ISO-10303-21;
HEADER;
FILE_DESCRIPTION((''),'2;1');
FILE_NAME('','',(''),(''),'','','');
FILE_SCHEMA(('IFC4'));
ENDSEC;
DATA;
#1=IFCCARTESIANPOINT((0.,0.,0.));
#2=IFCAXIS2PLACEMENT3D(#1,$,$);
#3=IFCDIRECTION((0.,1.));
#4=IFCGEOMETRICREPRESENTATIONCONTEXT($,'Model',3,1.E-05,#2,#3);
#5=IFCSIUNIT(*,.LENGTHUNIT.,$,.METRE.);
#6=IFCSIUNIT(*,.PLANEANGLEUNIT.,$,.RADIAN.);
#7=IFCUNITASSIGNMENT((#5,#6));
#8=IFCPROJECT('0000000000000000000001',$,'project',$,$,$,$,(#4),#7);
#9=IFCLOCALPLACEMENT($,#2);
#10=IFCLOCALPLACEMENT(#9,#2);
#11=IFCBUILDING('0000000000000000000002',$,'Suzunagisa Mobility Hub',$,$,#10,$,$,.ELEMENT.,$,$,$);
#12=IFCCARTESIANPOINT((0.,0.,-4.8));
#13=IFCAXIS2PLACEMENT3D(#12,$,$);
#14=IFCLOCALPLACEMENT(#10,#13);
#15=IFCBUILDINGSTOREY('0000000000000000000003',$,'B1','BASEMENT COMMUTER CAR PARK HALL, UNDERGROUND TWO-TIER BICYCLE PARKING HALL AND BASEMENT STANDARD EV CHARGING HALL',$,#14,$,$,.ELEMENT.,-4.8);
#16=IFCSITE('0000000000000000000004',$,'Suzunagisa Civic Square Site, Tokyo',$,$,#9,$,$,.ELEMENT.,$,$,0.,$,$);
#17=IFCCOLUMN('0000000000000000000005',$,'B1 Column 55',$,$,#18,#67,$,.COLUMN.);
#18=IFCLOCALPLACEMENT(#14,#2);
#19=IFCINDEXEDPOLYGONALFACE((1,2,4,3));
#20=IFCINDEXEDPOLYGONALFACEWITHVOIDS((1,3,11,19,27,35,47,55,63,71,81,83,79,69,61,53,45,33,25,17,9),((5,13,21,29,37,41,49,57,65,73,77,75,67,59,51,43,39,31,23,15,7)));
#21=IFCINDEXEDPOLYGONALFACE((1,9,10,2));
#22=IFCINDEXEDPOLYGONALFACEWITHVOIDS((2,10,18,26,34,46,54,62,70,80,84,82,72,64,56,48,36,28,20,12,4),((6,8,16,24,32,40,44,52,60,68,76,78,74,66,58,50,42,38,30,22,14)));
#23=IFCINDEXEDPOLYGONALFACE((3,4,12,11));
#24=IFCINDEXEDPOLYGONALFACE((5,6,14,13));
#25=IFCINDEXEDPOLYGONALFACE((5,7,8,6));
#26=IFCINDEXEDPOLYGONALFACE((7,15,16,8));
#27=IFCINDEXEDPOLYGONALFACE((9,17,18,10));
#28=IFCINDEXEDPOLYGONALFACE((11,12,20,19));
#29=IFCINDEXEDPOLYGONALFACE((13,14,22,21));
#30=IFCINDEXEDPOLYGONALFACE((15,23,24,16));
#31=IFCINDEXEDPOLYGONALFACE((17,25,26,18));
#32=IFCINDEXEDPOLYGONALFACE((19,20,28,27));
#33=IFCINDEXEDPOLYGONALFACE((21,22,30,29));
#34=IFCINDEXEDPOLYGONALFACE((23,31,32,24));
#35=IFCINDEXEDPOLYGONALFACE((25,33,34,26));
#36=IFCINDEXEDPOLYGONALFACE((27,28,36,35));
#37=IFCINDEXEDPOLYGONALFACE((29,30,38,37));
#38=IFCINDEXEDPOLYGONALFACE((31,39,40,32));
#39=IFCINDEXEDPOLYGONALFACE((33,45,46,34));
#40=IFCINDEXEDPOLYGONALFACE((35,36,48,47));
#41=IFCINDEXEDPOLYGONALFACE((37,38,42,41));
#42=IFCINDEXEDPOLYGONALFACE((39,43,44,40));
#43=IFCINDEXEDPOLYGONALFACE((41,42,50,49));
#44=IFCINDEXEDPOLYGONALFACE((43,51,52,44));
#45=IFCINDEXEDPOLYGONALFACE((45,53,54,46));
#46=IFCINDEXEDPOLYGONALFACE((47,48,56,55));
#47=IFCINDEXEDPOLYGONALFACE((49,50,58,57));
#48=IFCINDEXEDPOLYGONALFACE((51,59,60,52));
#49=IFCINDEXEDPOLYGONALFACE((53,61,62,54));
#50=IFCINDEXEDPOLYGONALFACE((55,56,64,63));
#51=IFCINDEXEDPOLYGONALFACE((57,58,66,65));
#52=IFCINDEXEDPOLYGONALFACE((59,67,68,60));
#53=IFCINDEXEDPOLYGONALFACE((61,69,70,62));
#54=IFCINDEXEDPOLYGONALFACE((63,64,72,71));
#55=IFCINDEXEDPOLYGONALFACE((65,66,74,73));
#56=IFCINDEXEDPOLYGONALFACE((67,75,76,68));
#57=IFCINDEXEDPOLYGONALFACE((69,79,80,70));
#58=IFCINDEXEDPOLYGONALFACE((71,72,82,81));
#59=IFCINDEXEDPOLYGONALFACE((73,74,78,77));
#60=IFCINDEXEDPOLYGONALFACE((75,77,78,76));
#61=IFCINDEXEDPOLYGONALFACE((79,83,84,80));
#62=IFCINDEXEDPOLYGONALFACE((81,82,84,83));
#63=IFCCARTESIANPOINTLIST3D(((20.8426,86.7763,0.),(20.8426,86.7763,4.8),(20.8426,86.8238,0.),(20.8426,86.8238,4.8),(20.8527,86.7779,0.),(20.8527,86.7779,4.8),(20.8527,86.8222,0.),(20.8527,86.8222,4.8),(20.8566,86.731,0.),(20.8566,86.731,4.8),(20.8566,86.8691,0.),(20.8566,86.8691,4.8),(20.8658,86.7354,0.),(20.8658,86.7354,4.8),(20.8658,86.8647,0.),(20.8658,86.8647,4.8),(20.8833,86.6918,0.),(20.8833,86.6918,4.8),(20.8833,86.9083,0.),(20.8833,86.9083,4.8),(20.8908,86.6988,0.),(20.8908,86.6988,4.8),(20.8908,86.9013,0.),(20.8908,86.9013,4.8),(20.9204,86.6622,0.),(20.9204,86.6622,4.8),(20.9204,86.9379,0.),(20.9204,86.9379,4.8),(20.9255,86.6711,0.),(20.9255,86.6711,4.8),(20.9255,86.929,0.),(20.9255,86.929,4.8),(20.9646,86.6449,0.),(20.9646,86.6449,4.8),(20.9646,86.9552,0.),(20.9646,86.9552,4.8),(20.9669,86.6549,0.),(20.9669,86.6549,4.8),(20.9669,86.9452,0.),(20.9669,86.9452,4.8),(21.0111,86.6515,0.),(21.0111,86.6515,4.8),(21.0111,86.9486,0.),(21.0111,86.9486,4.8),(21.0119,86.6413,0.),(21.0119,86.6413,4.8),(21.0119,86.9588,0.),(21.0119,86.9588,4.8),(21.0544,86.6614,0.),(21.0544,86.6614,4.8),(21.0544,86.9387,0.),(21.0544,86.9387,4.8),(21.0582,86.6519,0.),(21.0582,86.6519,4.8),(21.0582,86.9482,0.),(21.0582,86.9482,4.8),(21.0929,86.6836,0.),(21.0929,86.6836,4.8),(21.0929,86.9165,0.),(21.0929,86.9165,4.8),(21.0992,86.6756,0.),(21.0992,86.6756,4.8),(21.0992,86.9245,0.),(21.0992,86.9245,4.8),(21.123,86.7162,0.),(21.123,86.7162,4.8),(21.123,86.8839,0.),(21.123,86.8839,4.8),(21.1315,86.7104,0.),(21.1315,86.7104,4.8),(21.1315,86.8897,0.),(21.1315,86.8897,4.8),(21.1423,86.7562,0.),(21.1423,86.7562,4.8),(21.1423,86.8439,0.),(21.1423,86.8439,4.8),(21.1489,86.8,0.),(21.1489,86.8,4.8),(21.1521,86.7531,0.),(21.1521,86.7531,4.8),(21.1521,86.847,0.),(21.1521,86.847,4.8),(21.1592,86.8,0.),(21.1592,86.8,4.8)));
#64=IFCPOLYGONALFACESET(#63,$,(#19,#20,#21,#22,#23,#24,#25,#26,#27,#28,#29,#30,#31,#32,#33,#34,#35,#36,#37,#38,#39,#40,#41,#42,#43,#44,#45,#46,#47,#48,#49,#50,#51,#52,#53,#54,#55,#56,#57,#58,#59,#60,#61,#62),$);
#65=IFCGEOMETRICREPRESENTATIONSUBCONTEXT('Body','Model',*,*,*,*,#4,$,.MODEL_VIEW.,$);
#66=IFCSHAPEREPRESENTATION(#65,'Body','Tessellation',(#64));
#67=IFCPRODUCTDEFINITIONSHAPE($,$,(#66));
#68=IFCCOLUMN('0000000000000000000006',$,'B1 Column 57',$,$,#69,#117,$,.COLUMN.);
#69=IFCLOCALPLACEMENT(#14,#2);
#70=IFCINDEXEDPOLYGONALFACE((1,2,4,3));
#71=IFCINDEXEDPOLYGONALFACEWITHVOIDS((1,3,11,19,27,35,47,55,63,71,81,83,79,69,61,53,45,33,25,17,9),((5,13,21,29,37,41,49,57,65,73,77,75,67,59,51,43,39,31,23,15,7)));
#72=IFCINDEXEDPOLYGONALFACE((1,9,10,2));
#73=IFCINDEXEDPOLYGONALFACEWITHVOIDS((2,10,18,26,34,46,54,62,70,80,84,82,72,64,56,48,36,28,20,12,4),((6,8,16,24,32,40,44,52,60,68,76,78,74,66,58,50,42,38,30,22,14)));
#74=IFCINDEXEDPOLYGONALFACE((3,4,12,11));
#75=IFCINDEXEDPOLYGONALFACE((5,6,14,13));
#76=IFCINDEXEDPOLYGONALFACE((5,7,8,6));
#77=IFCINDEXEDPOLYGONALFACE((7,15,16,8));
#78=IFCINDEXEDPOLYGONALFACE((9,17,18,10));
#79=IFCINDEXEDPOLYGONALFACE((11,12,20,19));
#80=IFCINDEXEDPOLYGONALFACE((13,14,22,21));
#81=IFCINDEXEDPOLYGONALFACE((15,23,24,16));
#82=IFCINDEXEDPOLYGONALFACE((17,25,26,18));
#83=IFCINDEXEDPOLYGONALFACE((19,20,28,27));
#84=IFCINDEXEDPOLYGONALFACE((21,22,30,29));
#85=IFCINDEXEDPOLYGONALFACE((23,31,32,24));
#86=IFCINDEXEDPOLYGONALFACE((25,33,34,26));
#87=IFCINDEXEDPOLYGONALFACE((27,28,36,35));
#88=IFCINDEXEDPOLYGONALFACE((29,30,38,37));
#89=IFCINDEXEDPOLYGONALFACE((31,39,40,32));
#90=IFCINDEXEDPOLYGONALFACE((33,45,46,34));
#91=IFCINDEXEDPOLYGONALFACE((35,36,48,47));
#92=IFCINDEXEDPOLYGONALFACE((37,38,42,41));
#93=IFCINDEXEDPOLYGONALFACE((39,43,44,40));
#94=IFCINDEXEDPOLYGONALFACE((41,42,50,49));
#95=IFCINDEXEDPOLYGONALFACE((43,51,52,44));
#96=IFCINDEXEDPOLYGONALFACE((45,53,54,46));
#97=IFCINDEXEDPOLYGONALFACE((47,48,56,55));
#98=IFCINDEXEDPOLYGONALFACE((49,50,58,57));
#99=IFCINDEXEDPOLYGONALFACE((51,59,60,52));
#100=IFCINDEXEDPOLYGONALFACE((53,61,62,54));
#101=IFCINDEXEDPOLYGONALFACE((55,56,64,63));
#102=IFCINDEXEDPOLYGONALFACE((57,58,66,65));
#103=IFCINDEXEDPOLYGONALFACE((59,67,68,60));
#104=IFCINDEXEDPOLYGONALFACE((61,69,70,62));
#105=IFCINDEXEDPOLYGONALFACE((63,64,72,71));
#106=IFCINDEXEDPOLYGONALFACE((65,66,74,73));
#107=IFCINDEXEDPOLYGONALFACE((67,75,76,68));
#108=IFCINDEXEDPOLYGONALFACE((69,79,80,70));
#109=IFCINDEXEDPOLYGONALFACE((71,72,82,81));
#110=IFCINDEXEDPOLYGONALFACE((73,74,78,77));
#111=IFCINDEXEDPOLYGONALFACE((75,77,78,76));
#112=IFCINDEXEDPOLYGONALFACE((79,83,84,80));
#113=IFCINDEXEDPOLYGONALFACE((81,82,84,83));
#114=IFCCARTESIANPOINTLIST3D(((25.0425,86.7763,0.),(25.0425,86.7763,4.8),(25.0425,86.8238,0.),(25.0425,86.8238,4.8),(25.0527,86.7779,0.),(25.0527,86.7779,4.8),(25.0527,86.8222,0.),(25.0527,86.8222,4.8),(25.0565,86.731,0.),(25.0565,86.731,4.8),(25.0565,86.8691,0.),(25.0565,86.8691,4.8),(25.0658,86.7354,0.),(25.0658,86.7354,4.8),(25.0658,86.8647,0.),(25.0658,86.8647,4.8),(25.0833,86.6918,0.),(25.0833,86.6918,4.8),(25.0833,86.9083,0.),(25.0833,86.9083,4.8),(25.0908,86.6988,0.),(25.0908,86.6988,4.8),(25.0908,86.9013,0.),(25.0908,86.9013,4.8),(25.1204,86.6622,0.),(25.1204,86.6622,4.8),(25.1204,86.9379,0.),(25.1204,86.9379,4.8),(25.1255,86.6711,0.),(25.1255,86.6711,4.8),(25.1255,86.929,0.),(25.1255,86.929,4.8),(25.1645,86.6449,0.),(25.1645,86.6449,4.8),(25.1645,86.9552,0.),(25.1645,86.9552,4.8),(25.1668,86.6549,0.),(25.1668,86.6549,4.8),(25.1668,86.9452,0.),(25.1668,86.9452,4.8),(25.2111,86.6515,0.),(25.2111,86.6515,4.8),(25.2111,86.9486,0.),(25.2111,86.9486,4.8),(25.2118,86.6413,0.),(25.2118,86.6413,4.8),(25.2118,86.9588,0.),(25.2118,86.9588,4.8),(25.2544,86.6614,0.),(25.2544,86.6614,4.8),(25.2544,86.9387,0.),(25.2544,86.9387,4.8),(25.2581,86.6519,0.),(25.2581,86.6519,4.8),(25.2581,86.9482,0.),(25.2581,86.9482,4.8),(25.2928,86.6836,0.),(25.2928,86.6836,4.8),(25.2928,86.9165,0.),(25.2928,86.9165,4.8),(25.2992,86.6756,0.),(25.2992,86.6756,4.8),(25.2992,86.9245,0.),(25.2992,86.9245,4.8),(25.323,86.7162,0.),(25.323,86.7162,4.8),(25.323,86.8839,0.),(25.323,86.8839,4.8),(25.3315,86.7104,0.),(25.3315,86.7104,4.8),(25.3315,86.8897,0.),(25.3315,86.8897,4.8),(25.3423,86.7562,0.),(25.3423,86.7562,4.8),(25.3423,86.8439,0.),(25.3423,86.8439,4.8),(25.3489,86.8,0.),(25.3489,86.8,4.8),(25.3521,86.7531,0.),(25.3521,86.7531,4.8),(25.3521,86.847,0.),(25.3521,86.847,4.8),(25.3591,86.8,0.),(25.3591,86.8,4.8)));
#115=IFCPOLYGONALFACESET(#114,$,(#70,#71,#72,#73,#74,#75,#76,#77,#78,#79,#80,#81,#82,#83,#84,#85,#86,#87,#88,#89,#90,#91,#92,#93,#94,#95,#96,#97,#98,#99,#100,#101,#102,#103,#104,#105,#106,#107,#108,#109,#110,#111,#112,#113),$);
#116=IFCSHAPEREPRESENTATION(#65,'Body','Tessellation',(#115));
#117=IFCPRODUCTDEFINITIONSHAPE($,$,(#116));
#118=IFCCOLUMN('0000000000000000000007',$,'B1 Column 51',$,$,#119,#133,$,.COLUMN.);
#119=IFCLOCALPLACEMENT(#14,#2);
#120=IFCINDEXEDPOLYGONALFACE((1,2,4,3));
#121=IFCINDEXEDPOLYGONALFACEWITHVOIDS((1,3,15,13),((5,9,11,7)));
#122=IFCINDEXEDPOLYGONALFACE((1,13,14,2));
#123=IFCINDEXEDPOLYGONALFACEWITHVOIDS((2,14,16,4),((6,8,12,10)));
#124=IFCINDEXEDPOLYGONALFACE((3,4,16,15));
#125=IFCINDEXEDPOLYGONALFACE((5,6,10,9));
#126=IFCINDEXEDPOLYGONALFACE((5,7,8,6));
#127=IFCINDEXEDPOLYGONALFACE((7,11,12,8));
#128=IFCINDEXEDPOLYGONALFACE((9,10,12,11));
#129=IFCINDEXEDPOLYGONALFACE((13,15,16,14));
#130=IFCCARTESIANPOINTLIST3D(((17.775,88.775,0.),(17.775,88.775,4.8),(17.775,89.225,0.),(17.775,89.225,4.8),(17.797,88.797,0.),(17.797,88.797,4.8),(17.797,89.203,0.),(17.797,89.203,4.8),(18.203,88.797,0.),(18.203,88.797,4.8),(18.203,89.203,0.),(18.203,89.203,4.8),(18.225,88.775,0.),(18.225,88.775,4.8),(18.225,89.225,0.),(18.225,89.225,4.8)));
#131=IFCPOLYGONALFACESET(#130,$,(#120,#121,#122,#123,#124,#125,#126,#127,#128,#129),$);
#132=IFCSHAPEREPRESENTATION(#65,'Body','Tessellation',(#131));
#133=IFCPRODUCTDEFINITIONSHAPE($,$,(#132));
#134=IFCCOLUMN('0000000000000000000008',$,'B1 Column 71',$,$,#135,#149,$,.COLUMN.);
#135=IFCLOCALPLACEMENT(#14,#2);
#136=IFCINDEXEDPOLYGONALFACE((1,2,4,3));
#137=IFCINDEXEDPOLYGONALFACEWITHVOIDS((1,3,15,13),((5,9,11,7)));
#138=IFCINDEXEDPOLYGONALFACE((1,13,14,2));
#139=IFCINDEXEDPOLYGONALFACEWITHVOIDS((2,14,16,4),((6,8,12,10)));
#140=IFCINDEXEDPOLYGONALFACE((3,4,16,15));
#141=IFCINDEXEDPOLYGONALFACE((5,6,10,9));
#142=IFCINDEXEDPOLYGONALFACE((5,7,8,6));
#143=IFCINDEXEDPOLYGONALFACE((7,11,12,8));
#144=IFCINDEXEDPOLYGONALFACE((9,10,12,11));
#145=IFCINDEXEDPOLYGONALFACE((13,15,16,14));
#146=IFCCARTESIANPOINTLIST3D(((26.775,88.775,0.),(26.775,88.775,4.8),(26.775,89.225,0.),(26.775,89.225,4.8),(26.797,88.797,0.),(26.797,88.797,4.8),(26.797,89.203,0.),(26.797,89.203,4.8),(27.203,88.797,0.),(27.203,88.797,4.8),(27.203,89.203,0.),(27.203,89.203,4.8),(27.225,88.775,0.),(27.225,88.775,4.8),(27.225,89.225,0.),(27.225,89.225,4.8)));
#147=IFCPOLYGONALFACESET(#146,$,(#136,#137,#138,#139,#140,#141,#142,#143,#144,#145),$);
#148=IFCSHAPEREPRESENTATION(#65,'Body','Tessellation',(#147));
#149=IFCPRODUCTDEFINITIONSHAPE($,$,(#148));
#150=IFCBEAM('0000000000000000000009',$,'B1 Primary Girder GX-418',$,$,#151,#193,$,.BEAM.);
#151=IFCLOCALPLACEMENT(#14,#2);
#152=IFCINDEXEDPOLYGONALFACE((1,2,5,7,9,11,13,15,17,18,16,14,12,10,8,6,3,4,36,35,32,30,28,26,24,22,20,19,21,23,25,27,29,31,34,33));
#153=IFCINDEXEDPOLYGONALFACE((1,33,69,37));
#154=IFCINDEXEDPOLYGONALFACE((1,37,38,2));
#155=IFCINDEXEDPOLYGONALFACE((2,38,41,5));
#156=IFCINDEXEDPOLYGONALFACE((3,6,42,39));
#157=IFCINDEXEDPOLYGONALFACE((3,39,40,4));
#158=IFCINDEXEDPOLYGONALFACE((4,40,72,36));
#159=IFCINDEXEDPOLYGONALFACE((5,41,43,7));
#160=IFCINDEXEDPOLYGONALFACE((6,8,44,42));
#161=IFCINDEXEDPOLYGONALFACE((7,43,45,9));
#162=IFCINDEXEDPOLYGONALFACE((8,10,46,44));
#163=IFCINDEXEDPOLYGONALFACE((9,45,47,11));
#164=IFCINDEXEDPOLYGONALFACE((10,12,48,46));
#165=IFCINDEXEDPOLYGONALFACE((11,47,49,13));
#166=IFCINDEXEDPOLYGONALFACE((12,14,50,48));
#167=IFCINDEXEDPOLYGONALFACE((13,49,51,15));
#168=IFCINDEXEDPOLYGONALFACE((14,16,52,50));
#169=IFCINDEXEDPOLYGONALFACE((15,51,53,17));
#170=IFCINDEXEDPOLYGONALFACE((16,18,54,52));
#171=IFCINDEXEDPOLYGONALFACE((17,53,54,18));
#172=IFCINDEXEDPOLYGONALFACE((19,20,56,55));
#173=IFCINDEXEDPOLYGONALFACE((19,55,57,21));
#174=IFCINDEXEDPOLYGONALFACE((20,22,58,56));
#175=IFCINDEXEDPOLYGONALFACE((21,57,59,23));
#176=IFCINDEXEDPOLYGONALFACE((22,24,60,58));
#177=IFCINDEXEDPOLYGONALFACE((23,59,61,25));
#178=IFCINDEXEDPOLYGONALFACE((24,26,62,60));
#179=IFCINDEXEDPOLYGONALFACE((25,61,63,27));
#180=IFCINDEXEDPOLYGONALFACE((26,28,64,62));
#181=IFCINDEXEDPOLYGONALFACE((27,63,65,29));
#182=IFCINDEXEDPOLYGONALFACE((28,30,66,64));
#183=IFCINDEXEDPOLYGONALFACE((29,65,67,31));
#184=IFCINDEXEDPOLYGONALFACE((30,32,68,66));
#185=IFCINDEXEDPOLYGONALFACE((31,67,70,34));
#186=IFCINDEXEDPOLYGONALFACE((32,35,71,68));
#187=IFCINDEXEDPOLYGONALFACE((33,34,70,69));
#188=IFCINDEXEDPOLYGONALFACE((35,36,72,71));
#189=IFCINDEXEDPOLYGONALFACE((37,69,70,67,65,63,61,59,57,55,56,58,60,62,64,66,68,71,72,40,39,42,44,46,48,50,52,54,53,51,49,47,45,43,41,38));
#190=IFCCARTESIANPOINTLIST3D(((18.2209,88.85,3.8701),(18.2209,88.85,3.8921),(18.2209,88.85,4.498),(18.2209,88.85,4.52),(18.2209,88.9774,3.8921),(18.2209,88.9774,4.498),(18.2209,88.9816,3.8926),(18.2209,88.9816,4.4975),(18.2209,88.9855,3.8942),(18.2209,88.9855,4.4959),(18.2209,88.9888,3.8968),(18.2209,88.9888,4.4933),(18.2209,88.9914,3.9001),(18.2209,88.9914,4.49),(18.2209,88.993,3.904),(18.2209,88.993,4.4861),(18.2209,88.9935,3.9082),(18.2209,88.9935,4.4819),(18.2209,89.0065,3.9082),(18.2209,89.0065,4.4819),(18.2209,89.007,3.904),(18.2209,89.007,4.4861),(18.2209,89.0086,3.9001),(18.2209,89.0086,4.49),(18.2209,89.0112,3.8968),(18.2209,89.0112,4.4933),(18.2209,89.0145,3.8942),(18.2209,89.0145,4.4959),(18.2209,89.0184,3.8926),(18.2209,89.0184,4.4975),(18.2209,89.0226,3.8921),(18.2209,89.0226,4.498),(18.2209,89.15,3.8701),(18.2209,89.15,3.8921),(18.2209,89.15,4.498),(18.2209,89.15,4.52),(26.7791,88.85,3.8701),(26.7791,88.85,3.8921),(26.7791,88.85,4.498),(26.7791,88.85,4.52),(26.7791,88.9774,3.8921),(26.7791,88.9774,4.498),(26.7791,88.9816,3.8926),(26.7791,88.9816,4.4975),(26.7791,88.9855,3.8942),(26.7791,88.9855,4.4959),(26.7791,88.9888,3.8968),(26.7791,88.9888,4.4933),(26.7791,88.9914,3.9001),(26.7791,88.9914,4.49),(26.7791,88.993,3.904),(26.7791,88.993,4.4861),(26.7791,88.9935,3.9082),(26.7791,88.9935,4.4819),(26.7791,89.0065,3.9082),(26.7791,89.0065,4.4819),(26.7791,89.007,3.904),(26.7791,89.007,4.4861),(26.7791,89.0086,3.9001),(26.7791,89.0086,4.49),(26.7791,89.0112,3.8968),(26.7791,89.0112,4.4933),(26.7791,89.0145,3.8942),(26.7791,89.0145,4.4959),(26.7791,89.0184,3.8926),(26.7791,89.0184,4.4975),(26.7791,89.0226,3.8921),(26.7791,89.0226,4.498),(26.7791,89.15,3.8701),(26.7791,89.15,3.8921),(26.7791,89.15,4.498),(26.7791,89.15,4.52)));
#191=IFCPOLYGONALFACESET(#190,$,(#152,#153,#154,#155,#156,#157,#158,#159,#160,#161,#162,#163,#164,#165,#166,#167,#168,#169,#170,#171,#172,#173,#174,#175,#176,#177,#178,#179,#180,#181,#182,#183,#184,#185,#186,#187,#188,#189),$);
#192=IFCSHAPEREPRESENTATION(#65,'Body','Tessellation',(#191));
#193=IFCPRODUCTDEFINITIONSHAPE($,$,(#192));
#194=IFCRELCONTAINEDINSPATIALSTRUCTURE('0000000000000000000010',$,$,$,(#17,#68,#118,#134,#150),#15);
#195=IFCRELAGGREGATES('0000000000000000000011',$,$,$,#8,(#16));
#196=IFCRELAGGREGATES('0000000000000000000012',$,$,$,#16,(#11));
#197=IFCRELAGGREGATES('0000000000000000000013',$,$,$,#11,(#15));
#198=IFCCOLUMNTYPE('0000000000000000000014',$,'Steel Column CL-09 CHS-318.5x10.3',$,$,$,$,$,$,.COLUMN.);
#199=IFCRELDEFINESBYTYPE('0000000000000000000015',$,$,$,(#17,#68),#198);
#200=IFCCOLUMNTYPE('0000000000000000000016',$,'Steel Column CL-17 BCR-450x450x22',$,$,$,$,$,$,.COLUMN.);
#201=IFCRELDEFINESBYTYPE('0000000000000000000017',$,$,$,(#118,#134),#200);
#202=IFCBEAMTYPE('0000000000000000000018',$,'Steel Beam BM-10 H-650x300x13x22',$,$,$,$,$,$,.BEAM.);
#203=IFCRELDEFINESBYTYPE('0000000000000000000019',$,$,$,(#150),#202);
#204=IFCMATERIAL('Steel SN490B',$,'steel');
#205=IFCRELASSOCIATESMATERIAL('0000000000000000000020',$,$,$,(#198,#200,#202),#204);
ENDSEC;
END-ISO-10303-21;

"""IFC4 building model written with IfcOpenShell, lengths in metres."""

from ifc_helpers import new_model, si_unit, direction, frame, origin, origin_2d, place, context, subcontext, project, spatial, hollow_rectangle, hollow_circle, i_section, extrude, material, material_profile, profile_set, type_object, element, save


model = new_model("IFC4")

# Units and contexts
model_context = context("Model", 3, precision=1e-05, world=origin(), true_north=direction((0.0, 1.0)))
body_context = subcontext(model_context, "Body", "Model", "MODEL_VIEW")
ifc_project = project(units=[si_unit("LENGTHUNIT", "METRE"), si_unit("PLANEANGLEUNIT", "RADIAN")], contexts=[model_context])

# Site, building, storey
site_placement = place(None, origin())
site = spatial("IfcSite", under=ifc_project, at=site_placement, Name="Suzunagisa Civic Square Site, Tokyo", CompositionType="ELEMENT", RefElevation=0.0)
building_placement = place(site_placement, origin())
building = spatial("IfcBuilding", under=site, at=building_placement, Name="Suzunagisa Mobility Hub", CompositionType="ELEMENT")
storey_placement = place(building_placement, frame((0.0, 0.0, -4.8)))
storey = spatial("IfcBuildingStorey", under=building, at=storey_placement, Name="B1", Description="BASEMENT COMMUTER CAR PARK HALL, UNDERGROUND TWO-TIER BICYCLE PARKING HALL AND BASEMENT STANDARD EV CHARGING HALL", CompositionType="ELEMENT", Elevation=-4.8)

# Columns
ifc_material_1 = material(Name="Steel SN490B", Category="steel")
ifc_material_profile_1 = material_profile(ifc_material_1, hollow_circle(Radius=0.1592, WallThickness=0.0103, at=origin_2d()), Name="CHS-318.5x10.3")
ifc_profile_set_1 = profile_set([ifc_material_profile_1], Name="Steel SN490B")
column_type_1 = type_object("IfcColumnType", Name="Steel Column CL-09 CHS-318.5x10.3", PredefinedType="COLUMN", material=ifc_profile_set_1)
for number, where, z_axis, x_axis, name in (
    (1, (21.0, 86.8, 0.0), (0.0, 0.0, 1.0), (1.0, 0.0, 0.0), "B1 Column 55"),
    (2, (25.2, 86.8, 0.0), (0.0, 0.0, 1.0), (1.0, 0.0, 0.0), "B1 Column 57"),
):
    element("IfcColumn", number, at=place(storey_placement, frame(where, z_axis=z_axis, x_axis=x_axis)), inside=storey, type_object=column_type_1, Name=name, PredefinedType="COLUMN", context=body_context, shape_type="SweptSolid", body=[
        extrude(hollow_circle(Radius=0.1592, WallThickness=0.0103, at=origin_2d()), origin(), (0.0, 0.0, 1.0), 4.8),
    ])
ifc_material_profile_2 = material_profile(ifc_material_1, hollow_rectangle(XDim=0.45, YDim=0.45, WallThickness=0.022, at=origin_2d()), Name="BCR-450x450x22")
ifc_profile_set_2 = profile_set([ifc_material_profile_2], Name="Steel SN490B")
column_type_2 = type_object("IfcColumnType", Name="Steel Column CL-17 BCR-450x450x22", PredefinedType="COLUMN", material=ifc_profile_set_2)
for number, where, z_axis, x_axis, name in (
    (3, (18.0, 89.0, 0.0), (0.0, 0.0, 1.0), (1.0, 0.0, 0.0), "B1 Column 51"),
    (4, (27.0, 89.0, 0.0), (0.0, 0.0, 1.0), (1.0, 0.0, 0.0), "B1 Column 71"),
):
    element("IfcColumn", number, at=place(storey_placement, frame(where, z_axis=z_axis, x_axis=x_axis)), inside=storey, type_object=column_type_2, Name=name, PredefinedType="COLUMN", context=body_context, shape_type="SweptSolid", body=[
        extrude(hollow_rectangle(XDim=0.45, YDim=0.45, WallThickness=0.022, at=origin_2d()), origin(), (0.0, 0.0, 1.0), 4.8),
    ])

# Beam
ifc_material_profile_3 = material_profile(ifc_material_1, i_section(OverallWidth=0.3, OverallDepth=0.6499, WebThickness=0.0129, FlangeThickness=0.022, FilletRadius=0.0161, at=origin_2d()), Name="H-650x300x13x22")
ifc_profile_set_3 = profile_set([ifc_material_profile_3], Name="Steel SN490B")
beam_type_1 = type_object("IfcBeamType", Name="Steel Beam BM-10 H-650x300x13x22", PredefinedType="BEAM", material=ifc_profile_set_3)
for number, where, z_axis, x_axis, name in (
    (5, (18.2209, 89.0, 4.1951), (1.0, 0.0, 0.0), (0.0, 1.0, 0.0), "B1 Primary Girder GX-418"),
):
    element("IfcBeam", number, at=place(storey_placement, frame(where, z_axis=z_axis, x_axis=x_axis)), inside=storey, type_object=beam_type_1, Name=name, PredefinedType="BEAM", context=body_context, shape_type="SweptSolid", body=[
        extrude(i_section(OverallWidth=0.3, OverallDepth=0.6499, WebThickness=0.0129, FlangeThickness=0.022, FilletRadius=0.0161, at=origin_2d()), origin(), (0.0, 0.0, 1.0), 8.5581),
    ])

save(model, "model.ifc")
